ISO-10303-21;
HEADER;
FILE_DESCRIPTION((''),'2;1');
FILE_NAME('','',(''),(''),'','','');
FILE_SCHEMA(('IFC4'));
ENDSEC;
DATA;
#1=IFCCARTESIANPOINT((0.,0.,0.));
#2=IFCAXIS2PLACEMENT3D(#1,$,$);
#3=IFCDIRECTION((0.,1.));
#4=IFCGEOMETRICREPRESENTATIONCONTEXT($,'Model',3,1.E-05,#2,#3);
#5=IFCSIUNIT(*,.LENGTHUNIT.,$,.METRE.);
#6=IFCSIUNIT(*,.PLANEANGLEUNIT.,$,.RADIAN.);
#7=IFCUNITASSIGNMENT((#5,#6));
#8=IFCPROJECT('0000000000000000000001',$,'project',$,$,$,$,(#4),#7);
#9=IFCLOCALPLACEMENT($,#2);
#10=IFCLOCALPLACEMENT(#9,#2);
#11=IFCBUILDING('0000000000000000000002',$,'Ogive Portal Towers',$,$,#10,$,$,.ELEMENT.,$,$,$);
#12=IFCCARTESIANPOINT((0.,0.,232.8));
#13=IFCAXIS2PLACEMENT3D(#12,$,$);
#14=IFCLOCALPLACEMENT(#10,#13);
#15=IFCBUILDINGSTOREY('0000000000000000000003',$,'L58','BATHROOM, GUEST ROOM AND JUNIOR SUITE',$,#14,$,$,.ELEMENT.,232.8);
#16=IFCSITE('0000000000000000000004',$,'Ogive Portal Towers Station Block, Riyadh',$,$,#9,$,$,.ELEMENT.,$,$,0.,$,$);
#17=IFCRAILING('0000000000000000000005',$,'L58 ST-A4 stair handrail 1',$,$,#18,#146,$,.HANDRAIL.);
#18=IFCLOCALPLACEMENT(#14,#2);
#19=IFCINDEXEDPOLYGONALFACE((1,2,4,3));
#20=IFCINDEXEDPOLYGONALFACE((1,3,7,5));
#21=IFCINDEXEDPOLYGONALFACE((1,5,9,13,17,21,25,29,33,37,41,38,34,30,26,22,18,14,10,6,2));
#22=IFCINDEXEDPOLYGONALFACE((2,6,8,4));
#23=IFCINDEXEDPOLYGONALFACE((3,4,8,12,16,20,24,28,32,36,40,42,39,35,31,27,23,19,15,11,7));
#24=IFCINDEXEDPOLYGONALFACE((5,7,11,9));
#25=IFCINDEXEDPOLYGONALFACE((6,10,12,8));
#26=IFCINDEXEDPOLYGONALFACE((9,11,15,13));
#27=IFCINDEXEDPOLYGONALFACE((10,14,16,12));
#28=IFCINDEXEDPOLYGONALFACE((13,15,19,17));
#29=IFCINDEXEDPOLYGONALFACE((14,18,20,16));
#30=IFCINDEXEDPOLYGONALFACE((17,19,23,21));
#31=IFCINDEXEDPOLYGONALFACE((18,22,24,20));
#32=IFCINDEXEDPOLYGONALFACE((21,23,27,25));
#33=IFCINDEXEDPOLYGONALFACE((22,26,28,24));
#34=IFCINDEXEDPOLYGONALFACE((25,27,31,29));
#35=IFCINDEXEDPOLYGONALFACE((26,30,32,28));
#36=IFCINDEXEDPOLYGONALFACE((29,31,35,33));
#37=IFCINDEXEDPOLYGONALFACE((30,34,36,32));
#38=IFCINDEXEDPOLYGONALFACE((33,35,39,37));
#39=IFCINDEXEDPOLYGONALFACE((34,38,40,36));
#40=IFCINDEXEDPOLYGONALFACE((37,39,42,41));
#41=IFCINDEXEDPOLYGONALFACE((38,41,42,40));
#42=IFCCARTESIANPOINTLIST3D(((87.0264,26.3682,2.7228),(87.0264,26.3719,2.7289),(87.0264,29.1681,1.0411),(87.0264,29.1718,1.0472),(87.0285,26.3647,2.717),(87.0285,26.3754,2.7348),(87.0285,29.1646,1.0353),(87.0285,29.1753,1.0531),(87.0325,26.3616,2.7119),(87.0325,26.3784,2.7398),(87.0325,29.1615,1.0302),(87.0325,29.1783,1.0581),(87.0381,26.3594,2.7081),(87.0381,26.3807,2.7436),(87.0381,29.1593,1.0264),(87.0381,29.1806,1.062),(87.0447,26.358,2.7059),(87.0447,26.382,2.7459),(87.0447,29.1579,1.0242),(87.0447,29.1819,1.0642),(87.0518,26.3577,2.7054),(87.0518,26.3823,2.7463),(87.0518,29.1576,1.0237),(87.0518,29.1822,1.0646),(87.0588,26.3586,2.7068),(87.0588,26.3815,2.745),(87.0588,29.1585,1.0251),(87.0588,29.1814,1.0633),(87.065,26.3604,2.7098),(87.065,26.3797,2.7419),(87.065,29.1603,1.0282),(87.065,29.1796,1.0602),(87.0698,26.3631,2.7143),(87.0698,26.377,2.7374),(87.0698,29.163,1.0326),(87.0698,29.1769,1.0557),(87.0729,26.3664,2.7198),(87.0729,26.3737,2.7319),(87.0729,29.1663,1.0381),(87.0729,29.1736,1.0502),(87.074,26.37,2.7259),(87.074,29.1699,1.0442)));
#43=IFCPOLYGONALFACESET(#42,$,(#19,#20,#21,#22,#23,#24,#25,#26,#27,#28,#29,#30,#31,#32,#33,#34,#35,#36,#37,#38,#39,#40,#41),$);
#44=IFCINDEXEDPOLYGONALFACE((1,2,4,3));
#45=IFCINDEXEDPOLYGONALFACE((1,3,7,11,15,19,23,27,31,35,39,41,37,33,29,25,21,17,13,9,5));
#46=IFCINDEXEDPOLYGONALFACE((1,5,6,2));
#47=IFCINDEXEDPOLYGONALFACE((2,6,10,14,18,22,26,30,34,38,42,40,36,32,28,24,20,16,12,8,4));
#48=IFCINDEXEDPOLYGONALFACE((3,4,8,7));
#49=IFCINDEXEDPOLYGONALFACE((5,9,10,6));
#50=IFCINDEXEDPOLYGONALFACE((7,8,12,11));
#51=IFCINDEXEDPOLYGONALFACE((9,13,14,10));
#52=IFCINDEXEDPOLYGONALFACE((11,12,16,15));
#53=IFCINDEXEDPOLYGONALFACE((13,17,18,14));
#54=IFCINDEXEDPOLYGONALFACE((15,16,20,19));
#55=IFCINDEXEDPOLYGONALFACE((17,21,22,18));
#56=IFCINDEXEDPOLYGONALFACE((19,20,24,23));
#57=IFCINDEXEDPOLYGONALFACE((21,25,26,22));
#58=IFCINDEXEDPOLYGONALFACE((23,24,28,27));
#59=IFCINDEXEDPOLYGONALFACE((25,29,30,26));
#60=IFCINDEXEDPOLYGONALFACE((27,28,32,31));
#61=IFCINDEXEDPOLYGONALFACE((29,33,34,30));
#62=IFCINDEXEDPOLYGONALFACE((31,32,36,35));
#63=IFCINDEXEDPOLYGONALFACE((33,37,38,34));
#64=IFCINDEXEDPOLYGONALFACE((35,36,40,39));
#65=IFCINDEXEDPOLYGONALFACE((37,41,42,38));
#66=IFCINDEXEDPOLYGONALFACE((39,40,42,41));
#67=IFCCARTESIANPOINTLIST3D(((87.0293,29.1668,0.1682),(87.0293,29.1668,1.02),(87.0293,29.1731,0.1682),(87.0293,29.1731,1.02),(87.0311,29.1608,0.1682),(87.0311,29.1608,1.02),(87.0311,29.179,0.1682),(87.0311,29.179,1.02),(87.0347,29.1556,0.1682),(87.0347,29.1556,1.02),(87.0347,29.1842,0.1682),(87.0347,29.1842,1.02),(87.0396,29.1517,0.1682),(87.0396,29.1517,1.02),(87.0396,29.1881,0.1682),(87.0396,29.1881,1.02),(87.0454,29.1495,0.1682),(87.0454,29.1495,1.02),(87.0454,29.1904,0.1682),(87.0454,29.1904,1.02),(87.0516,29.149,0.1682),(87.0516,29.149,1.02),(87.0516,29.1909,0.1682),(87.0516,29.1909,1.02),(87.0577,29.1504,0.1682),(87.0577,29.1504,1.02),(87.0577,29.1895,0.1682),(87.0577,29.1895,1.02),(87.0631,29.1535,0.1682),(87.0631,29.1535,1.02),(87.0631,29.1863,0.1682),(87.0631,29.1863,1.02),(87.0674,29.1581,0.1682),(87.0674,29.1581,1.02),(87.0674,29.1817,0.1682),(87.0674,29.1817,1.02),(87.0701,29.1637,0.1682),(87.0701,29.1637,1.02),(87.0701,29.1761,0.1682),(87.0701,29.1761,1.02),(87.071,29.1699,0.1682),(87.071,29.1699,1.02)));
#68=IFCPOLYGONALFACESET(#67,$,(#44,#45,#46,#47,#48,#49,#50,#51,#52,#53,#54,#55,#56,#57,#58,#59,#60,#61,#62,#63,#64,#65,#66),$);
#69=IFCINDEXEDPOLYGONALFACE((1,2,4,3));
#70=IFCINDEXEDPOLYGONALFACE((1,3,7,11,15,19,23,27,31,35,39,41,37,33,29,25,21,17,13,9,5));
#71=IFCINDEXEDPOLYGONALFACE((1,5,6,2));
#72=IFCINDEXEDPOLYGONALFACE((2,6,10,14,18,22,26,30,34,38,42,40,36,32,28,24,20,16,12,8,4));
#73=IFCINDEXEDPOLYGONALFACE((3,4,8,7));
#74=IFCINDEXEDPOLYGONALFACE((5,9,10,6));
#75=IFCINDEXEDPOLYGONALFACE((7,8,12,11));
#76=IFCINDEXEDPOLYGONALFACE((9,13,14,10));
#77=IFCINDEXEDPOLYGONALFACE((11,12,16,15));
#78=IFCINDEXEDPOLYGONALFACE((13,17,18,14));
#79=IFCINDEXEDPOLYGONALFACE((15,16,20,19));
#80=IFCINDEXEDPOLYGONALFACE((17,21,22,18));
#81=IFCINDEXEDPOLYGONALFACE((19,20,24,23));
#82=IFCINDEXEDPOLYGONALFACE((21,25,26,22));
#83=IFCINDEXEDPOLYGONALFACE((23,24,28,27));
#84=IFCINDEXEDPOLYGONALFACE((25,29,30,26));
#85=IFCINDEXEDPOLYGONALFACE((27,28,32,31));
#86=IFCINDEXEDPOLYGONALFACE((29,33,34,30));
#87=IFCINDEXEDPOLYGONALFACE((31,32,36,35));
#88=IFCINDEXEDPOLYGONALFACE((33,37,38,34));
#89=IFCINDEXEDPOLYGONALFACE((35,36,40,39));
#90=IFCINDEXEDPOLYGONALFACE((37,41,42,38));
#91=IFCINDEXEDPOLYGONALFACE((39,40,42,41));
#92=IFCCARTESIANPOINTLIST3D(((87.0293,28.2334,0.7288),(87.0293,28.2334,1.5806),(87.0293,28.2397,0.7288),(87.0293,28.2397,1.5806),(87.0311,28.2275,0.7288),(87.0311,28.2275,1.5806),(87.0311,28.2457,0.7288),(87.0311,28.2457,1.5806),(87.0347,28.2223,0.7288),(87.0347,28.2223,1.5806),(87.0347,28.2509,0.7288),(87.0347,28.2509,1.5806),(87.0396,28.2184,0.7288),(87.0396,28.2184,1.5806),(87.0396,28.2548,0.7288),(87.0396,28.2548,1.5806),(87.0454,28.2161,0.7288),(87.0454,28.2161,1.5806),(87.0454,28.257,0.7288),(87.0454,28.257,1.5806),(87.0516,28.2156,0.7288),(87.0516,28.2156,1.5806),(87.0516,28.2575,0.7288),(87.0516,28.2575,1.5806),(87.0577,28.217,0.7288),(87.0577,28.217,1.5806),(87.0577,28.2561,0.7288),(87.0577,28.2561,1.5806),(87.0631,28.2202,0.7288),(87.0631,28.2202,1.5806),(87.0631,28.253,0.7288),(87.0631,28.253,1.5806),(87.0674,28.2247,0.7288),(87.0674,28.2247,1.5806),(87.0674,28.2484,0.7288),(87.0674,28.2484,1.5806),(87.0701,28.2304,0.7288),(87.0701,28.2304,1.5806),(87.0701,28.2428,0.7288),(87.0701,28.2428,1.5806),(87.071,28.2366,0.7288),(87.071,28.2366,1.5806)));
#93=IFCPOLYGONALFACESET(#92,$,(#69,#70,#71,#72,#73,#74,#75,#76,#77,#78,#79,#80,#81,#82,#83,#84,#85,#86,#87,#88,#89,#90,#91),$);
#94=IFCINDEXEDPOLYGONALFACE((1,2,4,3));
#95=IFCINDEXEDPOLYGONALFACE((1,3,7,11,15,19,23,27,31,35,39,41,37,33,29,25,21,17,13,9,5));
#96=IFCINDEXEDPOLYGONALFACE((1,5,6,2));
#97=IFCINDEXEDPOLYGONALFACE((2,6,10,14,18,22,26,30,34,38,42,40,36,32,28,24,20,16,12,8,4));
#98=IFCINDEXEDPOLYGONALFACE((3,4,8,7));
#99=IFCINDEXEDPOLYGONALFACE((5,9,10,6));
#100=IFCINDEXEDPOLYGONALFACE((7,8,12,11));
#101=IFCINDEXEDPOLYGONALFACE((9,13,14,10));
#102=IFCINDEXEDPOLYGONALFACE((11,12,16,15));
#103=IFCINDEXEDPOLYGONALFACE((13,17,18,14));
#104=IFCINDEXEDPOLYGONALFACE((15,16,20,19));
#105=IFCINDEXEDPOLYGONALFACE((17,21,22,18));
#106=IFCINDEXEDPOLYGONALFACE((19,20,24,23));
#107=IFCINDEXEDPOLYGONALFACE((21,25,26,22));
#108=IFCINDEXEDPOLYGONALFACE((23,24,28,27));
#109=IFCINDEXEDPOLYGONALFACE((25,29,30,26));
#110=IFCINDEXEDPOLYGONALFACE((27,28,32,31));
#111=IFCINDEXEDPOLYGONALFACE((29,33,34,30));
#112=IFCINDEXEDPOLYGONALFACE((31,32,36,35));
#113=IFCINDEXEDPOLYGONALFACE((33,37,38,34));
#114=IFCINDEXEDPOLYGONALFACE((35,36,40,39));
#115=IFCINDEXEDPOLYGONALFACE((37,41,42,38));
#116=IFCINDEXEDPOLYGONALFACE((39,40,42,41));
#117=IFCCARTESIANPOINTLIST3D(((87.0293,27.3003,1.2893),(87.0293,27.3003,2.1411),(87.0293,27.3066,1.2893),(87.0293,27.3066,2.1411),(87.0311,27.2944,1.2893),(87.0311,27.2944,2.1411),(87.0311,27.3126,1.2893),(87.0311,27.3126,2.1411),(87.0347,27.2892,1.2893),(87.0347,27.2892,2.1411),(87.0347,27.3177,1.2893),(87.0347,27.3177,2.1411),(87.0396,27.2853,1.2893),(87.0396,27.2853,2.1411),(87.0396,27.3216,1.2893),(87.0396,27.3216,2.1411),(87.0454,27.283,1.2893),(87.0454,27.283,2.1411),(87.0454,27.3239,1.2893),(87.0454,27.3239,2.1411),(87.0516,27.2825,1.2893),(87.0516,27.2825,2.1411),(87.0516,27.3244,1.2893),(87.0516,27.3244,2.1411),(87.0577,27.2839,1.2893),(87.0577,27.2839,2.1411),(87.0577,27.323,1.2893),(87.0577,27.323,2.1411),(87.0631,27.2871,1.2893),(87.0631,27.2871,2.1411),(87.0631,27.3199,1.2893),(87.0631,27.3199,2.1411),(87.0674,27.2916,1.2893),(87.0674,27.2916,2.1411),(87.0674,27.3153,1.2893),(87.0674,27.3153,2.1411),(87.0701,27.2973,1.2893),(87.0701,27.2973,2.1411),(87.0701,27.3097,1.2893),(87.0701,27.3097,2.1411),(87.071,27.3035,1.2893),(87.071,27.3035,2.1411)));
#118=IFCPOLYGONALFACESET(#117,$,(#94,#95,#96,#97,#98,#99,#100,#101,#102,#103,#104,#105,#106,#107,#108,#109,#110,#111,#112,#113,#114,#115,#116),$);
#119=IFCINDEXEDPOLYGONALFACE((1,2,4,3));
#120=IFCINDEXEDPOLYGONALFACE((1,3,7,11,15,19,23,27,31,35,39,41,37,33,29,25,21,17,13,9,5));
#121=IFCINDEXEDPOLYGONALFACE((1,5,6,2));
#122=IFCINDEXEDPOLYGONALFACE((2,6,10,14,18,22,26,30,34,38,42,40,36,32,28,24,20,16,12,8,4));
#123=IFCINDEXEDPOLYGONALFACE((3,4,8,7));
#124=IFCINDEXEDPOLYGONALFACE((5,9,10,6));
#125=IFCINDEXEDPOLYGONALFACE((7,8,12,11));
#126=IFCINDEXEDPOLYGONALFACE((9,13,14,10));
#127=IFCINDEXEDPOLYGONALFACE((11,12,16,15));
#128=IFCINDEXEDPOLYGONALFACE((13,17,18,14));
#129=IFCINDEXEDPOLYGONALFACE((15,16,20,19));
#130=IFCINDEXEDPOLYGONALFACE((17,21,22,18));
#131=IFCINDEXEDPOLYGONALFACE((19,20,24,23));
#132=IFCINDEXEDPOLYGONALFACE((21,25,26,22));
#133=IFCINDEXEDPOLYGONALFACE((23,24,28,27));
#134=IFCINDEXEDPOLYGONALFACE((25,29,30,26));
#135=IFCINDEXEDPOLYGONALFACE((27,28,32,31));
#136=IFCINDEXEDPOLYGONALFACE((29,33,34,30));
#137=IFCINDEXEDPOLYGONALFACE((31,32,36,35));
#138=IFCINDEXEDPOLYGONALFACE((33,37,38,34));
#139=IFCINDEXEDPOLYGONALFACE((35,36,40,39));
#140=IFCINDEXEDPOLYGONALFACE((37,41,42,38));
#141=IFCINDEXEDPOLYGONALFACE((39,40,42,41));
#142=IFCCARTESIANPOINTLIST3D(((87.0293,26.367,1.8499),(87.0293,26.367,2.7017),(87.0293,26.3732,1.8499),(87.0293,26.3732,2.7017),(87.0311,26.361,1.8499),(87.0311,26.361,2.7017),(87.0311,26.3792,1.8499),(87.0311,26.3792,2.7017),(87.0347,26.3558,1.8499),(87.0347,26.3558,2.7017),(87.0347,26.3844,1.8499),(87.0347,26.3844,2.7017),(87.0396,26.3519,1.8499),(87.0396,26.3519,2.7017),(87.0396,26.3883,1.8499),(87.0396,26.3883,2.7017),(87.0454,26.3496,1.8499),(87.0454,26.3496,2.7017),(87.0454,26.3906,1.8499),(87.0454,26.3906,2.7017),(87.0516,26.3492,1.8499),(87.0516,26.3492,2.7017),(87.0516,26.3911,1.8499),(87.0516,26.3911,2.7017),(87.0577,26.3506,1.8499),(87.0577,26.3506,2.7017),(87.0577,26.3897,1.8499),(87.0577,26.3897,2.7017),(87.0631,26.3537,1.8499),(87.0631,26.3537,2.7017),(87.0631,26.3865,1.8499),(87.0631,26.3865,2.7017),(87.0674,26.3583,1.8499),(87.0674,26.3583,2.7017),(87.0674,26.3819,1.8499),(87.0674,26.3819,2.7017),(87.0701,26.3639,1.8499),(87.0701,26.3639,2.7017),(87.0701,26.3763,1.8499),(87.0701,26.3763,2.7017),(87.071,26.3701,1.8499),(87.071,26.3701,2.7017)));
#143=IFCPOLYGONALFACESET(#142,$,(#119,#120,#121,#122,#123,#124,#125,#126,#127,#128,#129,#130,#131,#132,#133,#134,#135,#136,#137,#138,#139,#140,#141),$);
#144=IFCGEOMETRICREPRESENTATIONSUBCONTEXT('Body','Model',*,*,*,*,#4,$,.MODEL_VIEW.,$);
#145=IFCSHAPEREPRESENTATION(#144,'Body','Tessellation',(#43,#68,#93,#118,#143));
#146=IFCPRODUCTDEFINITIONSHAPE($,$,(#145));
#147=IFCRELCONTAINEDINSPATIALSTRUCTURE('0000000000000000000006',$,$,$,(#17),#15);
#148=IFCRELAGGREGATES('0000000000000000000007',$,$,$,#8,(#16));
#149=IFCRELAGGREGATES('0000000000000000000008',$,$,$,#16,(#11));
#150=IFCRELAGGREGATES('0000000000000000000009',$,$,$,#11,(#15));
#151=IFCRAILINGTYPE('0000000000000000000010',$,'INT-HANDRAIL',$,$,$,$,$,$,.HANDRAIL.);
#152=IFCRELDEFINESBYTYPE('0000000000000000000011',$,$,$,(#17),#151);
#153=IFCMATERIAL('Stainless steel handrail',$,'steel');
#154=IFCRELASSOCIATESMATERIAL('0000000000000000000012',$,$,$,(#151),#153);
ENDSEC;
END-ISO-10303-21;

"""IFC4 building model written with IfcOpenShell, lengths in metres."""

from ifc_helpers import new_model, si_unit, direction, frame, origin, origin_2d, place, context, subcontext, project, spatial, circle, extrude, material, type_object, element, save


model = new_model("IFC4")

# Units and contexts
model_context = context("Model", 3, precision=1e-05, world=origin(), true_north=direction((0.0, 1.0)))
body_context = subcontext(model_context, "Body", "Model", "MODEL_VIEW")
ifc_project = project(units=[si_unit("LENGTHUNIT", "METRE"), si_unit("PLANEANGLEUNIT", "RADIAN")], contexts=[model_context])

# Site, building, storey
site_placement = place(None, origin())
site = spatial("IfcSite", under=ifc_project, at=site_placement, Name="Ogive Portal Towers Station Block, Riyadh", CompositionType="ELEMENT", RefElevation=0.0)
building_placement = place(site_placement, origin())
building = spatial("IfcBuilding", under=site, at=building_placement, Name="Ogive Portal Towers", CompositionType="ELEMENT")
storey_placement = place(building_placement, frame((0.0, 0.0, 232.8)))
storey = spatial("IfcBuildingStorey", under=building, at=storey_placement, Name="L58", Description="BATHROOM, GUEST ROOM AND JUNIOR SUITE", CompositionType="ELEMENT", Elevation=232.8)

# Railing
ifc_material_1 = material(Name="Stainless steel handrail", Category="steel")
railing_type_1 = type_object("IfcRailingType", Name="INT-HANDRAIL", PredefinedType="HANDRAIL", material=ifc_material_1)
railing_1_placement = place(storey_placement, frame((87.05, 29.1699, 0.1682)))
element("IfcRailing", 1, at=railing_1_placement, inside=storey, type_object=railing_type_1, Name="L58 ST-A4 stair handrail 1", PredefinedType="HANDRAIL", context=body_context, shape_type="SweptSolid", body=[
    extrude(circle(Radius=0.0239, at=origin_2d()), frame((0.0, 0.0, 0.876), z_axis=(0.0, -0.857255, 0.514891), x_axis=(1.0, 0.0, 0.0)), (0.0, 0.0, 1.0), 3.2661),
    extrude(circle(Radius=0.021, at=origin_2d()), origin(), (0.0, 0.0, 1.0), 0.8518),
    extrude(circle(Radius=0.021, at=origin_2d()), frame((0.0, -0.9333, 0.5605)), (0.0, 0.0, 1.0), 0.8518),
    extrude(circle(Radius=0.021, at=origin_2d()), frame((0.0, -1.8665, 1.1211)), (0.0, 0.0, 1.0), 0.8518),
    extrude(circle(Radius=0.021, at=origin_2d()), frame((0.0, -2.7998, 1.6816)), (0.0, 0.0, 1.0), 0.8518),
])

save(model, "model.ifc")
